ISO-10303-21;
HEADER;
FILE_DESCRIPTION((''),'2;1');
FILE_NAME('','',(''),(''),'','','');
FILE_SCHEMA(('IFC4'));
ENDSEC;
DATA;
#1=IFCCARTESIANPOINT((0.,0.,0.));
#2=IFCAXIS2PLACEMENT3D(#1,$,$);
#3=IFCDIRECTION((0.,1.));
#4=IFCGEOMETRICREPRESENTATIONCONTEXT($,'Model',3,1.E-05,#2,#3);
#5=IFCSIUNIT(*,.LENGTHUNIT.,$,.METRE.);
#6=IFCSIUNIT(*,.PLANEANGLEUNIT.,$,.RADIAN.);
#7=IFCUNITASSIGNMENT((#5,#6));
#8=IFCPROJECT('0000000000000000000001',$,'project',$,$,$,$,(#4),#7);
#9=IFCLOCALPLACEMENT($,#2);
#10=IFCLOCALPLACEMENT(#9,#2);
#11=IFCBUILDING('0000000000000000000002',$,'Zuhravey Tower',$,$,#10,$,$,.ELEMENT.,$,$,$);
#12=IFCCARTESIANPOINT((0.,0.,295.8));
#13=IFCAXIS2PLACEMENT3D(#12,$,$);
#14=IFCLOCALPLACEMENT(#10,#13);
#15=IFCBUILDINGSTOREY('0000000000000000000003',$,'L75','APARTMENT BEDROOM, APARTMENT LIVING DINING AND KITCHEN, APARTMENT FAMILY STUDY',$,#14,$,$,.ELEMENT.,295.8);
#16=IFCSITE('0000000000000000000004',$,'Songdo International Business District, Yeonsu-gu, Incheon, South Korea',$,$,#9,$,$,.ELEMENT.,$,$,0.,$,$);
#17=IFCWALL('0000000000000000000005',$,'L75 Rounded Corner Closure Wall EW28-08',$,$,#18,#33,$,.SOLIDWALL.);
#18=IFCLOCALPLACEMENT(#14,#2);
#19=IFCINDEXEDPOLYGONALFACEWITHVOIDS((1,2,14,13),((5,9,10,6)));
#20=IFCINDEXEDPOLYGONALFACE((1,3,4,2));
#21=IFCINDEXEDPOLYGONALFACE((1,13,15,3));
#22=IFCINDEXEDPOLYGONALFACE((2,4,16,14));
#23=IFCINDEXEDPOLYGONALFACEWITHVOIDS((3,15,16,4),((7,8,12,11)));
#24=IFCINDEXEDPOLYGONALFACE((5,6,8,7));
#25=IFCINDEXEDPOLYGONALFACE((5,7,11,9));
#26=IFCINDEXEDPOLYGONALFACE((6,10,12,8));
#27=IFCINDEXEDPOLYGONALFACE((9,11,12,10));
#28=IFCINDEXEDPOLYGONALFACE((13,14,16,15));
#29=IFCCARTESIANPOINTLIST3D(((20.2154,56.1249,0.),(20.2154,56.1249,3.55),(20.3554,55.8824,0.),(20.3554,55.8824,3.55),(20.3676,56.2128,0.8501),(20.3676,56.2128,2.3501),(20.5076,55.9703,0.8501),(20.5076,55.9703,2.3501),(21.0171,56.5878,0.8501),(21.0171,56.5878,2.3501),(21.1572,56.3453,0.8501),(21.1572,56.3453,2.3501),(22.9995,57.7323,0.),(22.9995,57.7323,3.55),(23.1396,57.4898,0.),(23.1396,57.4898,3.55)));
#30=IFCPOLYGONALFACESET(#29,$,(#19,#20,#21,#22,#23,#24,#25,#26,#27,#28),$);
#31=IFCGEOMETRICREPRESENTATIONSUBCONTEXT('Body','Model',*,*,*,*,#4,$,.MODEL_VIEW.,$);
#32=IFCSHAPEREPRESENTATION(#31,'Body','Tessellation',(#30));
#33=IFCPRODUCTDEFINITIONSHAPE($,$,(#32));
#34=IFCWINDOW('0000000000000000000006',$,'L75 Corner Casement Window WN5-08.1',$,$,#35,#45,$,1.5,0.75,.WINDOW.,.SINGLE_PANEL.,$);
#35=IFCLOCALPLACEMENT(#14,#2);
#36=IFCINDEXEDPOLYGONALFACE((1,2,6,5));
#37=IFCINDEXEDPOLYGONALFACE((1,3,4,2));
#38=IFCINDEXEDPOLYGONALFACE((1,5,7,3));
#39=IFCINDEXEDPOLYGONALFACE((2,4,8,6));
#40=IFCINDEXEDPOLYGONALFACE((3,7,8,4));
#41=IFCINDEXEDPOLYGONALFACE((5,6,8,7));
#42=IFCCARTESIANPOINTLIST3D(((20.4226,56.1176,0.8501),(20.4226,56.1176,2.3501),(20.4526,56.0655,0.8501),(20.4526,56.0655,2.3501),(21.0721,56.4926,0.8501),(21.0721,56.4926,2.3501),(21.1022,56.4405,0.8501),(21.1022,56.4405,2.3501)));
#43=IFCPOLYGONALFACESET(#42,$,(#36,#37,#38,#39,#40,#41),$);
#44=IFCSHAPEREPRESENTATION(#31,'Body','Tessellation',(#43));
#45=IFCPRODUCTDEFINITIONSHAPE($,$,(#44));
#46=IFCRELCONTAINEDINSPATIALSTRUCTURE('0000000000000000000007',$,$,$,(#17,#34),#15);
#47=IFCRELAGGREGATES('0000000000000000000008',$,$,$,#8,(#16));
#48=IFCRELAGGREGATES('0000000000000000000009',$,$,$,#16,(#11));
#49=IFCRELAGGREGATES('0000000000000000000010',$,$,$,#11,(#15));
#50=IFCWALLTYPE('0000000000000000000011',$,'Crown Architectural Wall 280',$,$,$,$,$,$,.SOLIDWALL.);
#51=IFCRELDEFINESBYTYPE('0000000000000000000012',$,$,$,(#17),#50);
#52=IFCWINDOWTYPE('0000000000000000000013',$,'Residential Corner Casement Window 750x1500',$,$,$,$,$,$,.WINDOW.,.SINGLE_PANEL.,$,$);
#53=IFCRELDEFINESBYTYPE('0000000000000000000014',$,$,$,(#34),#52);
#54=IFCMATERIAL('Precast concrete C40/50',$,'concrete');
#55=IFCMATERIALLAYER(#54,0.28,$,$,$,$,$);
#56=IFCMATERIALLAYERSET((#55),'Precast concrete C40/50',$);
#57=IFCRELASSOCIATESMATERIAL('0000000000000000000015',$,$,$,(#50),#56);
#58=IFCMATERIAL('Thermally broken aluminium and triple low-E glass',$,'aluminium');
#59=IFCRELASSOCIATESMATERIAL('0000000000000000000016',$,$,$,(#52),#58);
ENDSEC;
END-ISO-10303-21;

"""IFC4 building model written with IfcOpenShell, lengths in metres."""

from ifc_helpers import new_model, si_unit, direction, frame, frame_2d, origin, place, context, subcontext, project, spatial, rectangle, extrude, material, layer, layer_set, type_object, element, fill, save


model = new_model("IFC4")

# Units and contexts
model_context = context("Model", 3, precision=1e-05, world=origin(), true_north=direction((0.0, 1.0)))
body_context = subcontext(model_context, "Body", "Model", "MODEL_VIEW")
ifc_project = project(units=[si_unit("LENGTHUNIT", "METRE"), si_unit("PLANEANGLEUNIT", "RADIAN")], contexts=[model_context])

# Site, building, storey
site_placement = place(None, origin())
site = spatial("IfcSite", under=ifc_project, at=site_placement, Name="Songdo International Business District, Yeonsu-gu, Incheon, South Korea", CompositionType="ELEMENT", RefElevation=0.0)
building_placement = place(site_placement, origin())
building = spatial("IfcBuilding", under=site, at=building_placement, Name="Zuhravey Tower", CompositionType="ELEMENT")
storey_placement = place(building_placement, frame((0.0, 0.0, 295.8)))
storey = spatial("IfcBuildingStorey", under=building, at=storey_placement, Name="L75", Description="APARTMENT BEDROOM, APARTMENT LIVING DINING AND KITCHEN, APARTMENT FAMILY STUDY", CompositionType="ELEMENT", Elevation=295.8)

# Wall, opening, window
ifc_material_1 = material(Name="Precast concrete C40/50", Category="concrete")
ifc_layer_1 = layer(ifc_material_1, 0.28)
ifc_layer_set_1 = layer_set([ifc_layer_1], Name="Precast concrete C40/50")
wall_type_1 = type_object("IfcWallType", Name="Crown Architectural Wall 280", PredefinedType="SOLIDWALL", material=ifc_layer_set_1)
wall_1_placement = place(storey_placement, frame((20.2854, 56.0037, 0.0), z_axis=(0.0, 0.0, 1.0), x_axis=(0.866029, 0.499994, 0.0)))
wall_1 = element("IfcWall", 1, at=wall_1_placement, inside=storey, type_object=wall_type_1, Name="L75 Rounded Corner Closure Wall EW28-08", PredefinedType="SOLIDWALL", context=body_context, shape_type="SweptSolid", body=[
    extrude(rectangle(XDim=3.2148, YDim=0.28, at=frame_2d((1.6074, 0.0))), origin(), (0.0, 0.0, 1.0), 3.55),
])
opening_1_placement = place(wall_1_placement, frame((0.1758, 0.0, 0.8501)))
opening_1 = element("IfcOpeningElement", 2, at=opening_1_placement, cuts=wall_1, PredefinedType="OPENING", context=body_context, shape_type="SweptSolid", body=[
    extrude(rectangle(XDim=0.75, YDim=1.5, at=frame_2d((0.375, 0.75))), frame((0.0, 0.1521, 0.0), z_axis=(0.0, -1.0, 0.0), x_axis=(1.0, 0.0, 0.0)), (0.0, 0.0, 1.0), 0.304),
])
ifc_material_2 = material(Name="Thermally broken aluminium and triple low-E glass", Category="aluminium")
window_type = type_object("IfcWindowType", Name="Residential Corner Casement Window 750x1500", PartitioningType="SINGLE_PANEL", PredefinedType="WINDOW", material=ifc_material_2)
window_placement = place(opening_1_placement, origin())
window = element("IfcWindow", 3, at=window_placement, inside=storey, type_object=window_type, Name="L75 Corner Casement Window WN5-08.1", OverallHeight=1.5, OverallWidth=0.75, PartitioningType="SINGLE_PANEL", PredefinedType="WINDOW", context=body_context, shape_type="SweptSolid", body=[
    extrude(rectangle(XDim=0.75, YDim=1.5, at=frame_2d((0.375, 0.75))), frame((0.0, 0.03, 0.0), z_axis=(0.0, -1.0, 0.0), x_axis=(1.0, 0.0, 0.0)), (0.0, 0.0, 1.0), 0.0601),
])
fill(opening_1, window)

save(model, "model.ifc")
